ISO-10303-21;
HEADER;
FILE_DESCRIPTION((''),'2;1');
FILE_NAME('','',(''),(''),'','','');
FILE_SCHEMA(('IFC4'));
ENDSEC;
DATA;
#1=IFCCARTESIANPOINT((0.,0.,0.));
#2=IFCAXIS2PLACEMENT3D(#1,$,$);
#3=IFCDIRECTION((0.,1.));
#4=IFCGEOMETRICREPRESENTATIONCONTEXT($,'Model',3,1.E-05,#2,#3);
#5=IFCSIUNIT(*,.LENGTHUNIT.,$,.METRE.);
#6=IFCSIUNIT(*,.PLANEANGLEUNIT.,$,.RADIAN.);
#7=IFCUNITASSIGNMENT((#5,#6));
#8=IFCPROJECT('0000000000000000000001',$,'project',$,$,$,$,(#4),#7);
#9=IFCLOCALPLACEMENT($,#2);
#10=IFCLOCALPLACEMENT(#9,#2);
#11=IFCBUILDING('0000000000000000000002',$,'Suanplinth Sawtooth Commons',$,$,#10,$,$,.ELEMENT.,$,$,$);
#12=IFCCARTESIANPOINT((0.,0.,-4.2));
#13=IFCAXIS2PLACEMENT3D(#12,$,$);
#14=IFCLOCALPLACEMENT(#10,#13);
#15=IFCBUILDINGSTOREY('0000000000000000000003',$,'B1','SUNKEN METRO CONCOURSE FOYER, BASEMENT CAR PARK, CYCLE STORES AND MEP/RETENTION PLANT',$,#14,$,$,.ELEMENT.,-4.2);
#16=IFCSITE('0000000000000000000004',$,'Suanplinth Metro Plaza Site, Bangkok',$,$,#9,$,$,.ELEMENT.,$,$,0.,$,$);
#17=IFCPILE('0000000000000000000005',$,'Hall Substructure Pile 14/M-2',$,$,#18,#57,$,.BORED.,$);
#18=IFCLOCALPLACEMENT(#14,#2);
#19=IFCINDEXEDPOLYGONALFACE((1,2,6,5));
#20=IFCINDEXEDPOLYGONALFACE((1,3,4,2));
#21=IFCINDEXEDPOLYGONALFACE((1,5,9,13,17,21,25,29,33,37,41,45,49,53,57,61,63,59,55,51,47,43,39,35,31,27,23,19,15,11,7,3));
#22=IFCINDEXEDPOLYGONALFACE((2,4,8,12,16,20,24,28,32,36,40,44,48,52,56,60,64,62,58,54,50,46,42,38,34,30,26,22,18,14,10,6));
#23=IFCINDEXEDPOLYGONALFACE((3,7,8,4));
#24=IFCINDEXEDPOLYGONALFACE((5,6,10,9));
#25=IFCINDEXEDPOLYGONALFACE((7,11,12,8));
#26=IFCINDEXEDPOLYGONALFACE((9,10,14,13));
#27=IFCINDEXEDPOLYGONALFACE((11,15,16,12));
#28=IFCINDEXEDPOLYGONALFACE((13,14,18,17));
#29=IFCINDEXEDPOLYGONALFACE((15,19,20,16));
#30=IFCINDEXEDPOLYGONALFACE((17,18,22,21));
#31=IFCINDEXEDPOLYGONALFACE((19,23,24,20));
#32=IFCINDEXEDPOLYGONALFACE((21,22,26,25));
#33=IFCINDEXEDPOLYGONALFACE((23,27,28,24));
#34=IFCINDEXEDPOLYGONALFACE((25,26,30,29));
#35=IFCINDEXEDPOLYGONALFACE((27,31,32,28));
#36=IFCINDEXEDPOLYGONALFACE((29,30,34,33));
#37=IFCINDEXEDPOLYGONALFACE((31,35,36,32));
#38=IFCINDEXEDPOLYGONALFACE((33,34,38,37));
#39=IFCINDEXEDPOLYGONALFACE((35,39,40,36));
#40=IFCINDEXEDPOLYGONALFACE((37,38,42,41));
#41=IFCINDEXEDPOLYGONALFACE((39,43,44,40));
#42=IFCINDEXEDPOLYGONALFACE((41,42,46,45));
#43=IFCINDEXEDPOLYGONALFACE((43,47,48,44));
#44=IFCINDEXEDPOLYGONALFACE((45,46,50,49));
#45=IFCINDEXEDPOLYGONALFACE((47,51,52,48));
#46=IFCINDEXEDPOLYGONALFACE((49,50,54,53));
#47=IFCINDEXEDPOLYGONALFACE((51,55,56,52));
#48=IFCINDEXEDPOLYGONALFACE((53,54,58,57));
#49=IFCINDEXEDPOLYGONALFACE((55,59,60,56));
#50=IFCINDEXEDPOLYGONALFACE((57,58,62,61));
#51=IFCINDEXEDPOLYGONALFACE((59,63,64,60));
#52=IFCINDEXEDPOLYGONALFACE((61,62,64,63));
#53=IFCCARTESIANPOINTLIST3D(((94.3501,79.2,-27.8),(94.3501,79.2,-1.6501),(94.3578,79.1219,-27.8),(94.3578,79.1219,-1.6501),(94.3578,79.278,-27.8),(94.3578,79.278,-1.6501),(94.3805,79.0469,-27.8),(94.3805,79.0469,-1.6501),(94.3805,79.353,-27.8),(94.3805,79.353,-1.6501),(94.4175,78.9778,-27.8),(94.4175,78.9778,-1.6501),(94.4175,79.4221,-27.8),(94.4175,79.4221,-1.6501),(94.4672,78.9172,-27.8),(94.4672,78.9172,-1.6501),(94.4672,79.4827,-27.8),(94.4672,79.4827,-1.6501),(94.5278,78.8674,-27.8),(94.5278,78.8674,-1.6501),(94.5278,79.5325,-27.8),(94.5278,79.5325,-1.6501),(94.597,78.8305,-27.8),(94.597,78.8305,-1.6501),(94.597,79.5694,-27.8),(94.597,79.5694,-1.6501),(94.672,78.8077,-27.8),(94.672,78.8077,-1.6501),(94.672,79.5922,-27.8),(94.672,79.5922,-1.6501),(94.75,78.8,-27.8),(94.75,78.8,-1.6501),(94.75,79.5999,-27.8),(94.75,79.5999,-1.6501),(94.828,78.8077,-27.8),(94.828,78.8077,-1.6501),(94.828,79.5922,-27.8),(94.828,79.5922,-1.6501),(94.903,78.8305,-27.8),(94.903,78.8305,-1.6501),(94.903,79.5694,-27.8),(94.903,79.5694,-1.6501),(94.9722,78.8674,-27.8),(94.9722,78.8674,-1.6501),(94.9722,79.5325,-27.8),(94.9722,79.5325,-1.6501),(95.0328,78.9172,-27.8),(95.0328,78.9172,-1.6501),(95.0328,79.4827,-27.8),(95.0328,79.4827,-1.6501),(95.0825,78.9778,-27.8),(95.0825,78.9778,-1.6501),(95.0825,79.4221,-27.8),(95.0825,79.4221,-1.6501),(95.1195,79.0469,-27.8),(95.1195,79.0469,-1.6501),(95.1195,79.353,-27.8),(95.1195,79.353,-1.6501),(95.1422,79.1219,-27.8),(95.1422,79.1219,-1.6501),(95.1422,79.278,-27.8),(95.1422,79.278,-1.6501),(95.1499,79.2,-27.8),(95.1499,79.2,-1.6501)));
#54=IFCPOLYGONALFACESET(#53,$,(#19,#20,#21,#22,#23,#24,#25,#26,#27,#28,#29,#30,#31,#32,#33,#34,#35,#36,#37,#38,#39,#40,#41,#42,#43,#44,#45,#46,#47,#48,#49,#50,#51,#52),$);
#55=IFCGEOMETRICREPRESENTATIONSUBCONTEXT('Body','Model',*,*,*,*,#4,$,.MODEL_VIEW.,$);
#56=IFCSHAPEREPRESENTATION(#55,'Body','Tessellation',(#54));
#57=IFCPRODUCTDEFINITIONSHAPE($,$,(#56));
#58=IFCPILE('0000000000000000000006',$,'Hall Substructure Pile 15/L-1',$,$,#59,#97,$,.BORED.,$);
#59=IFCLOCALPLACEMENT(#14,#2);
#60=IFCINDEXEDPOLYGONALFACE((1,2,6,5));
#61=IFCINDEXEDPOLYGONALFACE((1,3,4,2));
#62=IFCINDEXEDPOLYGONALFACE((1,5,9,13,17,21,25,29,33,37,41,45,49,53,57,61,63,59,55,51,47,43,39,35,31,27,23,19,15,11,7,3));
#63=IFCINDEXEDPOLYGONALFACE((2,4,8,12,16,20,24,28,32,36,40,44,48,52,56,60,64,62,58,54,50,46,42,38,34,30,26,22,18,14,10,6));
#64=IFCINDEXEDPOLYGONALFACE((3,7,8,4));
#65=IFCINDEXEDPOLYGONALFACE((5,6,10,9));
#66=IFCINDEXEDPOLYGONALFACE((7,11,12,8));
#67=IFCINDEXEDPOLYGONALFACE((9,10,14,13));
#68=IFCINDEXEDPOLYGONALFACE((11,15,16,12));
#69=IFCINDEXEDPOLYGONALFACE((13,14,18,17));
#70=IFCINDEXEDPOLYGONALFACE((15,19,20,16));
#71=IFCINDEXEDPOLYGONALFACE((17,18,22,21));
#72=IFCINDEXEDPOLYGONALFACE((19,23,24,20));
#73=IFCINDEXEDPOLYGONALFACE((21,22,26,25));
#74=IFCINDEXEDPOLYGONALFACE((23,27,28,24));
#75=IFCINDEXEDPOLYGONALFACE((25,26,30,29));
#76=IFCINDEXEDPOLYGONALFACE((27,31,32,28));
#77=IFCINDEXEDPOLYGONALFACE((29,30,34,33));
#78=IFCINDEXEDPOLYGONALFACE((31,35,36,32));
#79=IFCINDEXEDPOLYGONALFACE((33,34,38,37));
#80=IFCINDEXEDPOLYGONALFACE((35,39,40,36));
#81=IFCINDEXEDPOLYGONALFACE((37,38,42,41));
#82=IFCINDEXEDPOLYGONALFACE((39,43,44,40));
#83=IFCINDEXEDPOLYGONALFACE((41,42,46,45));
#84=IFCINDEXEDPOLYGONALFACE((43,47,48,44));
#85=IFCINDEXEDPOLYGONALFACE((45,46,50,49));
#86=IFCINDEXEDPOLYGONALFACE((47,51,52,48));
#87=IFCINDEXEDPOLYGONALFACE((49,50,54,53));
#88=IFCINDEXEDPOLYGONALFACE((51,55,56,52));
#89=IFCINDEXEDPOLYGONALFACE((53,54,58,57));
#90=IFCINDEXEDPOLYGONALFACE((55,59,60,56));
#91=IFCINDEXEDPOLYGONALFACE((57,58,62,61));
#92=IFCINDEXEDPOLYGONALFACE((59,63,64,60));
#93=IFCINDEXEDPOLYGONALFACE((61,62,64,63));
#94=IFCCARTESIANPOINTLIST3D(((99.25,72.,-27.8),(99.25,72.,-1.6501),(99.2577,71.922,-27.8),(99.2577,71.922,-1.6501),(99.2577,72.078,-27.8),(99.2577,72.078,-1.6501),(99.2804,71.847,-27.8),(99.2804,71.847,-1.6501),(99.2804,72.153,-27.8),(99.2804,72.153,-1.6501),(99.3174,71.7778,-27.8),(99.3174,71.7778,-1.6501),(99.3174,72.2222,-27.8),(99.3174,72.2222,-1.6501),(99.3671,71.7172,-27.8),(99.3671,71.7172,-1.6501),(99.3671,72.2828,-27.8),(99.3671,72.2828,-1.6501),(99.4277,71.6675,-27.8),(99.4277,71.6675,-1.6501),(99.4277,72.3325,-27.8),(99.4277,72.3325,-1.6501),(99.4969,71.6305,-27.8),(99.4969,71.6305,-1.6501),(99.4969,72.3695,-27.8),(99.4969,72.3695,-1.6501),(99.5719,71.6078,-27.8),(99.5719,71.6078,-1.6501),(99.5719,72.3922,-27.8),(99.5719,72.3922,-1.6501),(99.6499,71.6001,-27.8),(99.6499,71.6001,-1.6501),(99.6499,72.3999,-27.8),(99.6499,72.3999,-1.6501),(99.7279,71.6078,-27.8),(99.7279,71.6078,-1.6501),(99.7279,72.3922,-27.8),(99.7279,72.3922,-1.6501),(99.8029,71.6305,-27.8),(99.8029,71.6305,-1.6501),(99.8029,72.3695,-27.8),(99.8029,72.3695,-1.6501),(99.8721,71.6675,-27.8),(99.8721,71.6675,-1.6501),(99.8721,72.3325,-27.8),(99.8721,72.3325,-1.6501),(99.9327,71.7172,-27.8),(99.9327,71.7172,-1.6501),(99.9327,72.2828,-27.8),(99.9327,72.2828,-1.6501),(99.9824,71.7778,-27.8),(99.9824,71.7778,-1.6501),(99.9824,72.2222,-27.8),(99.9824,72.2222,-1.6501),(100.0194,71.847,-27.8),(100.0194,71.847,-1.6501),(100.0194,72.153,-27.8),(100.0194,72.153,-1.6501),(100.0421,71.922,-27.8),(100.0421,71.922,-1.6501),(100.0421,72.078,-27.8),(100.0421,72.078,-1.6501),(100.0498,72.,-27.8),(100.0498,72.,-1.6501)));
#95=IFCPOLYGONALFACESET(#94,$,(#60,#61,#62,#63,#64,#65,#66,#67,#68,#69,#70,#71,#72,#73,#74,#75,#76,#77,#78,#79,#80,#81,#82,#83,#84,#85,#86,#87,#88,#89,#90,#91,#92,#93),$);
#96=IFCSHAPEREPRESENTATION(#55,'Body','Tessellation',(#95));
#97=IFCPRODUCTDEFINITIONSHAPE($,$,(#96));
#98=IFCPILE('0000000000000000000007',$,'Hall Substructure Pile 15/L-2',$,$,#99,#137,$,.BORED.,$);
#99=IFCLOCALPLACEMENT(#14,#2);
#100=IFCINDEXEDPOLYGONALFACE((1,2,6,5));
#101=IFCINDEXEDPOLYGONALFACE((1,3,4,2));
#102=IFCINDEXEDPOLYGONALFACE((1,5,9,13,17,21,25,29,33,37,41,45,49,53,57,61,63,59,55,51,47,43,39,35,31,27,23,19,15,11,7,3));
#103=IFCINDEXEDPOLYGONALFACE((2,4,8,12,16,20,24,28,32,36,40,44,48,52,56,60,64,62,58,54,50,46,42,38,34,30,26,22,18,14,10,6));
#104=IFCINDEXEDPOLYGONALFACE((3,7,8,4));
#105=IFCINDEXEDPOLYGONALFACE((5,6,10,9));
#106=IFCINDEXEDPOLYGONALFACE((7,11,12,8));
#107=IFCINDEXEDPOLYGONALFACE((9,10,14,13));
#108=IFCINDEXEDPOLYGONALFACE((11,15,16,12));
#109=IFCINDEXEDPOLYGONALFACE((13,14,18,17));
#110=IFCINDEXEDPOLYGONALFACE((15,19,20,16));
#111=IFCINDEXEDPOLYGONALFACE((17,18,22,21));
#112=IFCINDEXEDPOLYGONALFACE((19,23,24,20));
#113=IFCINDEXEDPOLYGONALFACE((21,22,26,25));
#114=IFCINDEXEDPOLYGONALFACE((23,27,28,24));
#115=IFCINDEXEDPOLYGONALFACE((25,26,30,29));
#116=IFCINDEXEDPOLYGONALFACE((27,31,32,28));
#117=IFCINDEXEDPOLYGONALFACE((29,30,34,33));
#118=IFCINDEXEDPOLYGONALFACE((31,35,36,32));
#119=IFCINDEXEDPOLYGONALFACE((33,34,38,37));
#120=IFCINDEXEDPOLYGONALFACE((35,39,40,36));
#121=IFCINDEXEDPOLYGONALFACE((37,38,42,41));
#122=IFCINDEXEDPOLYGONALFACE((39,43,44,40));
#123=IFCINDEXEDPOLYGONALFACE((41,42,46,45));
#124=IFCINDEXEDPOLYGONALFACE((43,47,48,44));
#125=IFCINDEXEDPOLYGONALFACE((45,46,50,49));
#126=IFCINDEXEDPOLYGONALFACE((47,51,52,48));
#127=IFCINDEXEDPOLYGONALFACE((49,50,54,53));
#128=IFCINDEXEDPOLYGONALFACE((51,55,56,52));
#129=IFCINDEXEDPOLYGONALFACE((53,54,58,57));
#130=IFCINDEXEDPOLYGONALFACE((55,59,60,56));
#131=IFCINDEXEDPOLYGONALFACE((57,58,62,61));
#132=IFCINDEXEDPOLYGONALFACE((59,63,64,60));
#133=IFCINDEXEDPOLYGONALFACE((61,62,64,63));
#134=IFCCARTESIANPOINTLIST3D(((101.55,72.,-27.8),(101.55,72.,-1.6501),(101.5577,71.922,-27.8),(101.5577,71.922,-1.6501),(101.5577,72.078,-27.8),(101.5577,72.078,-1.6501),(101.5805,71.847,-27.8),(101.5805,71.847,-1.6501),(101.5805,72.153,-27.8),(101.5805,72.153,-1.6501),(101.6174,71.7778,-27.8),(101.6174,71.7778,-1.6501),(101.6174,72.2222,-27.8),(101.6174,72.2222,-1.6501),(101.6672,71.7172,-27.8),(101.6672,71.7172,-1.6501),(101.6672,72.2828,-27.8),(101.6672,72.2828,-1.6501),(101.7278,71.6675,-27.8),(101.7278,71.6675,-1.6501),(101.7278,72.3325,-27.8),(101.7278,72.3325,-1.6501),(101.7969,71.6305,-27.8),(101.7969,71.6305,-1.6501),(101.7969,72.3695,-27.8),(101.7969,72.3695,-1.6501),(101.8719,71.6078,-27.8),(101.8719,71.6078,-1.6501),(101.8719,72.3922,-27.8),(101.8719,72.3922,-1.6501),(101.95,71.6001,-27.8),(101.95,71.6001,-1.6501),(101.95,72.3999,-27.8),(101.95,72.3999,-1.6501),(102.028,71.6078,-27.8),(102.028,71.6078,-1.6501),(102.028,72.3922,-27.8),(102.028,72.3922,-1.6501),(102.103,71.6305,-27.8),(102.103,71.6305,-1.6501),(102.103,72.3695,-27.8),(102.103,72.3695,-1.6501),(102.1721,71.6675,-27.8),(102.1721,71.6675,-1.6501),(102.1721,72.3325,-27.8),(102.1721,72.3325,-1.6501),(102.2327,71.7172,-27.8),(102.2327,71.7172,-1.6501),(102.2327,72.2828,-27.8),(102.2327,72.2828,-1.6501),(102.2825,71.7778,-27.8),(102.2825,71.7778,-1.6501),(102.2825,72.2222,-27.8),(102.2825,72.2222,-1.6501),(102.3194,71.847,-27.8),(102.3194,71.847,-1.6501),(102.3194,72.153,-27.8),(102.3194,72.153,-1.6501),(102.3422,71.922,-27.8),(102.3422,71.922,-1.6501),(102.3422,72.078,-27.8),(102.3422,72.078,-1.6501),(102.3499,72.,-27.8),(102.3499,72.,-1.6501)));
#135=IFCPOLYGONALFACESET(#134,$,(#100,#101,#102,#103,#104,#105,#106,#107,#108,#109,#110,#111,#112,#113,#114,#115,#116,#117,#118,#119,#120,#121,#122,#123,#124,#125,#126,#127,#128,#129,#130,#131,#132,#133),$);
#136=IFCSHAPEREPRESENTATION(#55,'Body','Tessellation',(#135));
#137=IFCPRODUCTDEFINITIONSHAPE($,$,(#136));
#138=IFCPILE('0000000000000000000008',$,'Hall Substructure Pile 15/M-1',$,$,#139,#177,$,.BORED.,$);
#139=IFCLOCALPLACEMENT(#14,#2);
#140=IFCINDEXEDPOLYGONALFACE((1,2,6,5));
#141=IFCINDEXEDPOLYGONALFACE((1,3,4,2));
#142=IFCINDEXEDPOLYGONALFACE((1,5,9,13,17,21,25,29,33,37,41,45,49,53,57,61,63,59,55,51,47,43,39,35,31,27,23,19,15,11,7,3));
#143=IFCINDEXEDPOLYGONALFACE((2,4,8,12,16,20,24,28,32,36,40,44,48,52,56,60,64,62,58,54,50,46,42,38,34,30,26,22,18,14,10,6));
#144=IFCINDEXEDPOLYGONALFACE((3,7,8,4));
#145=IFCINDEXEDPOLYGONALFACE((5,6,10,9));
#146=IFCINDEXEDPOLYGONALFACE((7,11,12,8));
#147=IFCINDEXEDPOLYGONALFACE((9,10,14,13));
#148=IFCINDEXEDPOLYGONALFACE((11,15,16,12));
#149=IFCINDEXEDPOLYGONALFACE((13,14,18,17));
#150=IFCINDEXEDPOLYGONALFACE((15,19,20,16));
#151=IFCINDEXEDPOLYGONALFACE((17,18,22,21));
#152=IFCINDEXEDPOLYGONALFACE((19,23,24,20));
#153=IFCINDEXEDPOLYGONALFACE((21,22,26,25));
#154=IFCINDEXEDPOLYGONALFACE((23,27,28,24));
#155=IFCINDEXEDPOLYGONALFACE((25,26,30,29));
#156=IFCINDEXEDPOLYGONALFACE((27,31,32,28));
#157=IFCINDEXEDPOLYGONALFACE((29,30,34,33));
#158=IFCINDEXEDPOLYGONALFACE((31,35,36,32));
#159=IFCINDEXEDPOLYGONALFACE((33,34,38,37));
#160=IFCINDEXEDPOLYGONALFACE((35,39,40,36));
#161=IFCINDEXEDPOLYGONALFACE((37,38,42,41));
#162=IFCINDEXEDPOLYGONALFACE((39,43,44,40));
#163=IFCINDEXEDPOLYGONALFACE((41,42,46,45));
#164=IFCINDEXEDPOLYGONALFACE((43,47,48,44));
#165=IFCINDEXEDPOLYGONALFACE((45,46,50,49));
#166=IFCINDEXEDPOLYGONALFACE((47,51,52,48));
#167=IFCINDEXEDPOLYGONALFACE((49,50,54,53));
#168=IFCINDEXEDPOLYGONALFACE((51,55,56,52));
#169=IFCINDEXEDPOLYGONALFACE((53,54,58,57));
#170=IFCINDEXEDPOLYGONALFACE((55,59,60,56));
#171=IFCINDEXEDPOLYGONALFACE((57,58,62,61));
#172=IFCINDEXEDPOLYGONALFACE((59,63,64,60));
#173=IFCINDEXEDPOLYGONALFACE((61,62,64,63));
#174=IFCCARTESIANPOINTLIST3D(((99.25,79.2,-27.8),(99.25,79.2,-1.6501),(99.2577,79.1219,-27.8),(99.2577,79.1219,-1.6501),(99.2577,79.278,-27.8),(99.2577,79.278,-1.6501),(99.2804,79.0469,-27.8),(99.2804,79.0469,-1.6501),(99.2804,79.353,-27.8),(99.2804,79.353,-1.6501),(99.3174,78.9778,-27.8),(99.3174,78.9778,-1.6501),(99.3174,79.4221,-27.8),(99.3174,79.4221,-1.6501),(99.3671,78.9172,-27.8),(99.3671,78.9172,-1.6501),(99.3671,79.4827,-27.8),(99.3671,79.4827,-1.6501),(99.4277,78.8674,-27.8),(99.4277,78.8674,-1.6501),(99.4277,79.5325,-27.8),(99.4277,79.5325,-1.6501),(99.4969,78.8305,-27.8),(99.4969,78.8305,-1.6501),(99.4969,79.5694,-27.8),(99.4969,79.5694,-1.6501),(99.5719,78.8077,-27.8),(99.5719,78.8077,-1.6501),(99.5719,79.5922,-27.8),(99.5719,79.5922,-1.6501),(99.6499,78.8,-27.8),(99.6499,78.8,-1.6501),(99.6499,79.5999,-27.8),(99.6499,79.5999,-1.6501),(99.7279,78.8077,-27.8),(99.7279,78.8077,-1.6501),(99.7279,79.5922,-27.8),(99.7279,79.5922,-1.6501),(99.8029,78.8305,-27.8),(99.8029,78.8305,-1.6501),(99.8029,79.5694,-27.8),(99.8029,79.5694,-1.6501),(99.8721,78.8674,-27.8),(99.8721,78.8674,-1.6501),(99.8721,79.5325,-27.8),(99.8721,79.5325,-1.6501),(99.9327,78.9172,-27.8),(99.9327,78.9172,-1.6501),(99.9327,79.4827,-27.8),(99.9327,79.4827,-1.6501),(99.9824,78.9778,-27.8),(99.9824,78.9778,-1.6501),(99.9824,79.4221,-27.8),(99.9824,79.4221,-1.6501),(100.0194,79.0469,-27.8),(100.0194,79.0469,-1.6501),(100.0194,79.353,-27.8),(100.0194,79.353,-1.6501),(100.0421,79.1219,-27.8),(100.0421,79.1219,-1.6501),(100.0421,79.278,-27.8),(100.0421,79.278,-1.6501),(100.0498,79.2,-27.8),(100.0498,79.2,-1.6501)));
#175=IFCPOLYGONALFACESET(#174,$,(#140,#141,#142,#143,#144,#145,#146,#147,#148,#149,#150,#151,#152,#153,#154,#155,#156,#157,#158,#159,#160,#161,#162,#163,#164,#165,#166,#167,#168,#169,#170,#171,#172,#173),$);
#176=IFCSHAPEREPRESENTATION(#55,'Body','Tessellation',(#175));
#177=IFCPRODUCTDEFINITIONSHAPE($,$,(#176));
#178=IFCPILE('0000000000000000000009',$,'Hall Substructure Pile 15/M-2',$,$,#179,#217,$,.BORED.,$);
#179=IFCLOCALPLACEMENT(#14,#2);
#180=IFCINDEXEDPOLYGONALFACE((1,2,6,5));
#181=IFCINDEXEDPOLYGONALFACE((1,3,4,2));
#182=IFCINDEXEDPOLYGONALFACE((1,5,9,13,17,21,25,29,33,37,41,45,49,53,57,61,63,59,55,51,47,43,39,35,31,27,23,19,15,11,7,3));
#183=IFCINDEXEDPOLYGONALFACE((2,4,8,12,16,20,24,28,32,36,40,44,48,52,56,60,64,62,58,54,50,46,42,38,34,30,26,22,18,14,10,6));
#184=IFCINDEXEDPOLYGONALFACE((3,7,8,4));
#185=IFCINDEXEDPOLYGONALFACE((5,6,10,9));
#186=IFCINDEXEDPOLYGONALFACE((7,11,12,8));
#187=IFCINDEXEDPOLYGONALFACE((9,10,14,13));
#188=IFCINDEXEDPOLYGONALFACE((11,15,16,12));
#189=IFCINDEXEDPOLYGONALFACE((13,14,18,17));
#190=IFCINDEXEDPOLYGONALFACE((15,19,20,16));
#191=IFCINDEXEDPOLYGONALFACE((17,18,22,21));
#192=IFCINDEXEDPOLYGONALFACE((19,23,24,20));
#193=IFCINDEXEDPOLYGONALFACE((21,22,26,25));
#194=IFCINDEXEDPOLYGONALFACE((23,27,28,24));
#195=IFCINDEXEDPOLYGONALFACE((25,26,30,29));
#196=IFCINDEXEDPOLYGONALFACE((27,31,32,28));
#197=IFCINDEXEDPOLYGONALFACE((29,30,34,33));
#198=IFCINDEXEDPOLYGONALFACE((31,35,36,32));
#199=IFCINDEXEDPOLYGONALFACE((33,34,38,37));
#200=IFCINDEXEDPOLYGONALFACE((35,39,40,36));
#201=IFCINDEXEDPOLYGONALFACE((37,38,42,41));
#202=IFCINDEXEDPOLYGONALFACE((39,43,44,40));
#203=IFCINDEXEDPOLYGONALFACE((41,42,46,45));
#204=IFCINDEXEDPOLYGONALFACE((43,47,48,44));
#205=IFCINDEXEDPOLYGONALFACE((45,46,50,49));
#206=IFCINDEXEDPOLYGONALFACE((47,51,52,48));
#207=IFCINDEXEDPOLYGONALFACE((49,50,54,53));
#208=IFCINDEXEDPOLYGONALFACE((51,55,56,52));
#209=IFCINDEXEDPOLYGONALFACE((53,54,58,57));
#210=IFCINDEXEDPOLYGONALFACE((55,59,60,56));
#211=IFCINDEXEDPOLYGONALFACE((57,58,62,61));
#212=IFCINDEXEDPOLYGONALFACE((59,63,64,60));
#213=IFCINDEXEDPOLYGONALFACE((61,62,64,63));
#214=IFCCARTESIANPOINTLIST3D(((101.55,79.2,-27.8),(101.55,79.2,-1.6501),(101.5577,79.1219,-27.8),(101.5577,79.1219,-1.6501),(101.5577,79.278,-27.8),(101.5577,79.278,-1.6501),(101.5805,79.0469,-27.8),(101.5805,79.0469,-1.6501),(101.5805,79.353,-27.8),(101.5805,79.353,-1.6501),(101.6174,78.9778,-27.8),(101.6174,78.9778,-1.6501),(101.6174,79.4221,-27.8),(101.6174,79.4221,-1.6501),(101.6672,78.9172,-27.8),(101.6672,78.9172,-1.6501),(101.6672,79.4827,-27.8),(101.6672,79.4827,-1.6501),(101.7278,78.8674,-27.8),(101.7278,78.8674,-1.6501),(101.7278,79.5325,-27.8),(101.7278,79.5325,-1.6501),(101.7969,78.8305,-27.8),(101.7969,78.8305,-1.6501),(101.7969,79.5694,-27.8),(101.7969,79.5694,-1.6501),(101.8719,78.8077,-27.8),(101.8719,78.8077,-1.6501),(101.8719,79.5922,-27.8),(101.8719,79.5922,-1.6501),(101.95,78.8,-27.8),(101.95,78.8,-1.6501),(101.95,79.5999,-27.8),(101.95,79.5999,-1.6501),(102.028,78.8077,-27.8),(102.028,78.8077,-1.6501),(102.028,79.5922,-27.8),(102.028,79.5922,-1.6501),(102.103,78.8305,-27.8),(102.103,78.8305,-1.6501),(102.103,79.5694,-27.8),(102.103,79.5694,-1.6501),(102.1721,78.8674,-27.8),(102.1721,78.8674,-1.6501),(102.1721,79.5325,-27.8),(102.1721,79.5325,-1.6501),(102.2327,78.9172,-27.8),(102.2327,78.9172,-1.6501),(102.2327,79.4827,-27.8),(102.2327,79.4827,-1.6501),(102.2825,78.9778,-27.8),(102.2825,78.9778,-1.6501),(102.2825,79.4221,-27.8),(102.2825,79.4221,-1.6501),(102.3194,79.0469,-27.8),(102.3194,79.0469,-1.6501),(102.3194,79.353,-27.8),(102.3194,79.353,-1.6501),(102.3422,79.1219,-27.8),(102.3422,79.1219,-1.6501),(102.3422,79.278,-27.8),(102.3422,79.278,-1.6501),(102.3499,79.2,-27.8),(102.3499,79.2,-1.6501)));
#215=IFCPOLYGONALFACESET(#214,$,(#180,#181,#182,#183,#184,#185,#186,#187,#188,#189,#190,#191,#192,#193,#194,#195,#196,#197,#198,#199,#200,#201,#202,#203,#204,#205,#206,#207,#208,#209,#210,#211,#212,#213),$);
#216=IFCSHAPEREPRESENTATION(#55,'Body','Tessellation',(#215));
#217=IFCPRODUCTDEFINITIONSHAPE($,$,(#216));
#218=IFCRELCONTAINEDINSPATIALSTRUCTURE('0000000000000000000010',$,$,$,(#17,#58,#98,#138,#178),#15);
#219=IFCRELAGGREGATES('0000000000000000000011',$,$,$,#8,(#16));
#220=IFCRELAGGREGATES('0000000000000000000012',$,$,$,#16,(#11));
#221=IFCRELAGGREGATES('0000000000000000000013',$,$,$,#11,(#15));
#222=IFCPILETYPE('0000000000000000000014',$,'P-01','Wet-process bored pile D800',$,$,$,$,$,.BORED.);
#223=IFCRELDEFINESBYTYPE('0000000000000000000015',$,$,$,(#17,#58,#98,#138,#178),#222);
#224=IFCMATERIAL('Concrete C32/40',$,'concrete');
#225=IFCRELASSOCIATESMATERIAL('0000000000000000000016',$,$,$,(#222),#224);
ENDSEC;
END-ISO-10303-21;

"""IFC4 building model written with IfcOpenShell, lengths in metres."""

from ifc_helpers import new_model, si_unit, direction, frame, origin, origin_2d, place, context, subcontext, project, spatial, circle, extrude, material, material_profile, profile_set, type_object, element, save


model = new_model("IFC4")

# Units and contexts
model_context = context("Model", 3, precision=1e-05, world=origin(), true_north=direction((0.0, 1.0)))
body_context = subcontext(model_context, "Body", "Model", "MODEL_VIEW")
ifc_project = project(units=[si_unit("LENGTHUNIT", "METRE"), si_unit("PLANEANGLEUNIT", "RADIAN")], contexts=[model_context])

# Site, building, storey
site_placement = place(None, origin())
site = spatial("IfcSite", under=ifc_project, at=site_placement, Name="Suanplinth Metro Plaza Site, Bangkok", CompositionType="ELEMENT", RefElevation=0.0)
building_placement = place(site_placement, origin())
building = spatial("IfcBuilding", under=site, at=building_placement, Name="Suanplinth Sawtooth Commons", CompositionType="ELEMENT")
storey_placement = place(building_placement, frame((0.0, 0.0, -4.2)))
storey = spatial("IfcBuildingStorey", under=building, at=storey_placement, Name="B1", Description="SUNKEN METRO CONCOURSE FOYER, BASEMENT CAR PARK, CYCLE STORES AND MEP/RETENTION PLANT", CompositionType="ELEMENT", Elevation=-4.2)

# Piles
ifc_material_1 = material(Name="Concrete C32/40", Category="concrete")
ifc_material_profile_1 = material_profile(ifc_material_1, circle(Radius=0.3999, at=origin_2d()), Name="PILE D800")
ifc_profile_set_1 = profile_set([ifc_material_profile_1], Name="Concrete C32/40")
pile_type_1 = type_object("IfcPileType", Name="P-01", Description="Wet-process bored pile D800", PredefinedType="BORED", material=ifc_profile_set_1)
for number, where, z_axis, x_axis, name in (
    (1, (94.75, 79.2, -1.6501), (0.0, 0.0, -1.0), (1.0, 0.0, 0.0), "Hall Substructure Pile 14/M-2"),
    (2, (99.6499, 72.0, -1.6501), (0.0, 0.0, -1.0), (1.0, 0.0, 0.0), "Hall Substructure Pile 15/L-1"),
    (3, (101.95, 72.0, -1.6501), (0.0, 0.0, -1.0), (1.0, 0.0, 0.0), "Hall Substructure Pile 15/L-2"),
    (4, (99.6499, 79.2, -1.6501), (0.0, 0.0, -1.0), (1.0, 0.0, 0.0), "Hall Substructure Pile 15/M-1"),
    (5, (101.95, 79.2, -1.6501), (0.0, 0.0, -1.0), (1.0, 0.0, 0.0), "Hall Substructure Pile 15/M-2"),
):
    element("IfcPile", number, at=place(storey_placement, frame(where, z_axis=z_axis, x_axis=x_axis)), inside=storey, type_object=pile_type_1, Name=name, PredefinedType="BORED", context=body_context, shape_type="SweptSolid", body=[
        extrude(circle(Radius=0.3999, at=origin_2d()), origin(), (0.0, 0.0, 1.0), 26.1499),
    ])

save(model, "model.ifc")
